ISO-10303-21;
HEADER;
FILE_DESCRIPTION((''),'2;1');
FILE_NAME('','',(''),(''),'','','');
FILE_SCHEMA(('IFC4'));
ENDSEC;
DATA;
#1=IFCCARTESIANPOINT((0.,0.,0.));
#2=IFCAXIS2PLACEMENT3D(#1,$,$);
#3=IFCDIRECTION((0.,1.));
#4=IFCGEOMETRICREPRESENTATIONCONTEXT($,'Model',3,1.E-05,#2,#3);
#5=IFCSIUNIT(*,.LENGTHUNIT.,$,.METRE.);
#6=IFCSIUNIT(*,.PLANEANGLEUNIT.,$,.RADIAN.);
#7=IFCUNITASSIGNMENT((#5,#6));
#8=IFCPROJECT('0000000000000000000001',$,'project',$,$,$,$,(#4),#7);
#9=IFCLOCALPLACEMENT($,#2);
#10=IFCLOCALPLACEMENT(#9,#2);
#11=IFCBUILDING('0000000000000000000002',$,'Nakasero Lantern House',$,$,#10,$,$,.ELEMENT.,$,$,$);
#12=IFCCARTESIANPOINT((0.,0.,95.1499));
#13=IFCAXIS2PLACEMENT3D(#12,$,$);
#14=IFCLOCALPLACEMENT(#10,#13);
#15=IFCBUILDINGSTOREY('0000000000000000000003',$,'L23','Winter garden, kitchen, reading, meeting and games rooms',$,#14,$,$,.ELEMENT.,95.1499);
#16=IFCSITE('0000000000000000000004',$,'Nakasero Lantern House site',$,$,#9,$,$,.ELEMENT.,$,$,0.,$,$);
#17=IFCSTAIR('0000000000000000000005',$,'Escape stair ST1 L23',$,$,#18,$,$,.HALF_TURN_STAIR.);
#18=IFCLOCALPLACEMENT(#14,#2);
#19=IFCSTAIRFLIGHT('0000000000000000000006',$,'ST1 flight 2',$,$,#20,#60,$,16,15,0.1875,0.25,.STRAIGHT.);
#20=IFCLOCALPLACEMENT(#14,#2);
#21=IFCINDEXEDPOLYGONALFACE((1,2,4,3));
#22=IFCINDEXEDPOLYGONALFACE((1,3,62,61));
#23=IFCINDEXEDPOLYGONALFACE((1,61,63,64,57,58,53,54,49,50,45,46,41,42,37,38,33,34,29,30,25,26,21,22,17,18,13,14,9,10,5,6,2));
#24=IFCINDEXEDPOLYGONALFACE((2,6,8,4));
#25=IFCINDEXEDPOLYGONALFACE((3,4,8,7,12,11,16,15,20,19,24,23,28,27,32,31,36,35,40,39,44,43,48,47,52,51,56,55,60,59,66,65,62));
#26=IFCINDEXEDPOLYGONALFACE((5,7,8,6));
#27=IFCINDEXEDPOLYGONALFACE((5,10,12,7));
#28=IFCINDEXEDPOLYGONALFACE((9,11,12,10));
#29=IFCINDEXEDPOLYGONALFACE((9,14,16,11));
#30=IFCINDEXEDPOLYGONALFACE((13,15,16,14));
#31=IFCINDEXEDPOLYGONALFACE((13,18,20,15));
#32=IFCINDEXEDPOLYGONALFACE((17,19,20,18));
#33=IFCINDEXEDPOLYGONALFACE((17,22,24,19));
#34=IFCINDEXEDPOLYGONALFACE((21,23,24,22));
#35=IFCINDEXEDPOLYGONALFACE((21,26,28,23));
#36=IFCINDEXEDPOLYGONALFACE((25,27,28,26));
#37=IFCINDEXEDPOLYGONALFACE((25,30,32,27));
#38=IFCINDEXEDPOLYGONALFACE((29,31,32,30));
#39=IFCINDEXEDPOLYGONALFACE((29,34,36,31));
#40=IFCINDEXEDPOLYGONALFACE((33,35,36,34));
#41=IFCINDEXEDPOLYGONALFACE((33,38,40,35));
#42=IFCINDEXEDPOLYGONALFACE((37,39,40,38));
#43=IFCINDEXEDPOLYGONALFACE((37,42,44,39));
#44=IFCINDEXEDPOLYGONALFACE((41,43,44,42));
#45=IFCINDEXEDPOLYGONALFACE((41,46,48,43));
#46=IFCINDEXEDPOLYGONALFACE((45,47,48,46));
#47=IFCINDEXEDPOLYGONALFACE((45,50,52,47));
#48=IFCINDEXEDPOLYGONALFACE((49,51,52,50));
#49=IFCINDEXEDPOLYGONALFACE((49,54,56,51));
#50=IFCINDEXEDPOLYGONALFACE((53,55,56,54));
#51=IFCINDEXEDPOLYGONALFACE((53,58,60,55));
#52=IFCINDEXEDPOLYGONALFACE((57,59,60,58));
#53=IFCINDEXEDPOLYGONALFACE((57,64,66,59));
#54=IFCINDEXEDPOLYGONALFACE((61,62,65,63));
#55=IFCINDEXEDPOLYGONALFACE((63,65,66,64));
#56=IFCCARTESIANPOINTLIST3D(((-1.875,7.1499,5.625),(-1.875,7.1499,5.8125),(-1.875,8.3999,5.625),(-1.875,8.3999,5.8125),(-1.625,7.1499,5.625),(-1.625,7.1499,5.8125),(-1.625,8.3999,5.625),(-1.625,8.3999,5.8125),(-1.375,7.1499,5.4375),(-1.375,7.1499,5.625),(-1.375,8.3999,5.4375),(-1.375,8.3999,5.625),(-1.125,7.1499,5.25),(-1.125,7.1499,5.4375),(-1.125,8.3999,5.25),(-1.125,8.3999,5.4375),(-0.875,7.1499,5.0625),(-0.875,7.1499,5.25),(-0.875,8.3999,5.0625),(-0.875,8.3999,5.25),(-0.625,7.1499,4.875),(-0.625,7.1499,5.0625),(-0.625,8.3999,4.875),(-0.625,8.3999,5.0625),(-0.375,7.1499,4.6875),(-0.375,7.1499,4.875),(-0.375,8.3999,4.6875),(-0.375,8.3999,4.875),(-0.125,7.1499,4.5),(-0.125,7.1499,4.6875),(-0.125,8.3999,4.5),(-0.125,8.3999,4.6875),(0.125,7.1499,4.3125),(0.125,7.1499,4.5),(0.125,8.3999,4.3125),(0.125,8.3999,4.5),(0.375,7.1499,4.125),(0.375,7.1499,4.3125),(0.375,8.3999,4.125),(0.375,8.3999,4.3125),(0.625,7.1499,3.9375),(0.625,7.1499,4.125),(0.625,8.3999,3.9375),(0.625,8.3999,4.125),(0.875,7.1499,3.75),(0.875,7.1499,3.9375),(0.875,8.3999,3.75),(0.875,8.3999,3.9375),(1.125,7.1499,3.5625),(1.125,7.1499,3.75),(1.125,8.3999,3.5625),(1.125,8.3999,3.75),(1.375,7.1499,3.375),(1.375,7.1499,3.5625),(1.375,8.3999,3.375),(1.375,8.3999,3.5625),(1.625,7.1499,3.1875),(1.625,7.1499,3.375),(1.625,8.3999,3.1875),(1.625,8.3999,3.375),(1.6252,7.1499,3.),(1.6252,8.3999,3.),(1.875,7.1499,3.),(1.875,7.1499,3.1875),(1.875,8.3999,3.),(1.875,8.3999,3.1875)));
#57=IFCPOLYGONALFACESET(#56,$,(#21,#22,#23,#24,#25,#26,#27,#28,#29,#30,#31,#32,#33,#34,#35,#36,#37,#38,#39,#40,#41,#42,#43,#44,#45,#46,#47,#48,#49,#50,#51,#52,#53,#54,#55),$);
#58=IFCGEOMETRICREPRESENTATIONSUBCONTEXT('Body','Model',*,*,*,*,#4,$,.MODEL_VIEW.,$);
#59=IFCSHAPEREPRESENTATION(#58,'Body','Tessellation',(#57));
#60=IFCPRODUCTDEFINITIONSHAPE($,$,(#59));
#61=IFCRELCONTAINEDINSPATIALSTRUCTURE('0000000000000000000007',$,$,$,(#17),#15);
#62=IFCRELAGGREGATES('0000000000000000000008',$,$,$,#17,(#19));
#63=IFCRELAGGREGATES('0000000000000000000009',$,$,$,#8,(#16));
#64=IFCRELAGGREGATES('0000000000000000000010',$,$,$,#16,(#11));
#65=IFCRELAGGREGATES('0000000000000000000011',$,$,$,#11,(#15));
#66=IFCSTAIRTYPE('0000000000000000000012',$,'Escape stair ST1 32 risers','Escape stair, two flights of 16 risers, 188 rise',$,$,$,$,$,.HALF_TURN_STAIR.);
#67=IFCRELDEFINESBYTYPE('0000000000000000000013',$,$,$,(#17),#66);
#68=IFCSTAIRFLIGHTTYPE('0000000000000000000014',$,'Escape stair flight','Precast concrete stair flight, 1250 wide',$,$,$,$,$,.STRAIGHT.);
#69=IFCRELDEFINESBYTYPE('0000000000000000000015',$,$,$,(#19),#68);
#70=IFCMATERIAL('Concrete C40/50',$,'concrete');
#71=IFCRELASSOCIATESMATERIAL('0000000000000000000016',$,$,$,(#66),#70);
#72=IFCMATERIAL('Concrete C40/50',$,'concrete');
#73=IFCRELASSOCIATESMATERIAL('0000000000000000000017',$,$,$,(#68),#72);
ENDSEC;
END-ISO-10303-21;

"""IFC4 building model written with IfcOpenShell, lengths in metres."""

from ifc_helpers import new_model, si_unit, direction, frame, origin, place, context, subcontext, project, spatial, polyline, outline, extrude, material, type_object, element, aggregate, save


model = new_model("IFC4")

# Units and contexts
model_context = context("Model", 3, precision=1e-05, world=origin(), true_north=direction((0.0, 1.0)))
body_context = subcontext(model_context, "Body", "Model", "MODEL_VIEW")
ifc_project = project(units=[si_unit("LENGTHUNIT", "METRE"), si_unit("PLANEANGLEUNIT", "RADIAN")], contexts=[model_context])

# Site, building, storey
site_placement = place(None, origin())
site = spatial("IfcSite", under=ifc_project, at=site_placement, Name="Nakasero Lantern House site", CompositionType="ELEMENT", RefElevation=0.0)
building_placement = place(site_placement, origin())
building = spatial("IfcBuilding", under=site, at=building_placement, Name="Nakasero Lantern House", CompositionType="ELEMENT")
storey_placement = place(building_placement, frame((0.0, 0.0, 95.1499)))
storey = spatial("IfcBuildingStorey", under=building, at=storey_placement, Name="L23", Description="Winter garden, kitchen, reading, meeting and games rooms", CompositionType="ELEMENT", Elevation=95.1499)

# Stair
ifc_material_1 = material(Name="Concrete C40/50", Category="concrete")
stair_type_1 = type_object("IfcStairType", Name="Escape stair ST1 32 risers", Description="Escape stair, two flights of 16 risers, 188 rise", PredefinedType="HALF_TURN_STAIR", material=ifc_material_1)
stair_1_placement = place(storey_placement, origin())
stair_1 = element("IfcStair", 1, at=stair_1_placement, inside=storey, type_object=stair_type_1, Name="Escape stair ST1 L23", PredefinedType="HALF_TURN_STAIR")

# Stair flight
ifc_material_2 = material(Name="Concrete C40/50", Category="concrete")
stair_flight_type = type_object("IfcStairFlightType", Name="Escape stair flight", Description="Precast concrete stair flight, 1250 wide", PredefinedType="STRAIGHT", material=ifc_material_2)
stair_flight_placement = place(storey_placement, frame((1.875, 7.7749, 3.0), z_axis=(0.0, 0.0, 1.0), x_axis=(-1.0, 0.0, 0.0)))
stair_flight = element("IfcStairFlight", 2, at=stair_flight_placement, type_object=stair_flight_type, Name="ST1 flight 2", NumberOfRisers=16, NumberOfTreads=15, PredefinedType="STRAIGHT", RiserHeight=0.1875, TreadLength=0.25, context=body_context, shape_type="SweptSolid", body=[
    extrude(outline(polyline([(0.0, 0.0), (0.0, 0.1875), (0.25, 0.1875), (0.25, 0.375), (0.5, 0.375), (0.5, 0.5625), (0.75, 0.5625), (0.75, 0.75), (1.0, 0.75), (1.0, 0.9375), (1.25, 0.9375), (1.25, 1.125), (1.5, 1.125), (1.5, 1.3125), (1.75, 1.3125), (1.75, 1.5), (2.0, 1.5), (2.0, 1.6875), (2.25, 1.6875), (2.25, 1.875), (2.5, 1.875), (2.5, 2.0625), (2.75, 2.0625), (2.75, 2.25), (3.0, 2.25), (3.0, 2.4375), (3.25, 2.4375), (3.25, 2.625), (3.5, 2.625), (3.5, 2.8125), (3.75, 2.8125), (3.75, 3.0), (3.75, 2.625), (0.2498, 0.0), (0.0, 0.0)])), frame((0.0, 0.625, 0.0), z_axis=(0.0, -1.0, 0.0), x_axis=(1.0, 0.0, 0.0)), (0.0, 0.0, 1.0), 1.25),
])
aggregate(stair_1, [stair_flight])

save(model, "model.ifc")
